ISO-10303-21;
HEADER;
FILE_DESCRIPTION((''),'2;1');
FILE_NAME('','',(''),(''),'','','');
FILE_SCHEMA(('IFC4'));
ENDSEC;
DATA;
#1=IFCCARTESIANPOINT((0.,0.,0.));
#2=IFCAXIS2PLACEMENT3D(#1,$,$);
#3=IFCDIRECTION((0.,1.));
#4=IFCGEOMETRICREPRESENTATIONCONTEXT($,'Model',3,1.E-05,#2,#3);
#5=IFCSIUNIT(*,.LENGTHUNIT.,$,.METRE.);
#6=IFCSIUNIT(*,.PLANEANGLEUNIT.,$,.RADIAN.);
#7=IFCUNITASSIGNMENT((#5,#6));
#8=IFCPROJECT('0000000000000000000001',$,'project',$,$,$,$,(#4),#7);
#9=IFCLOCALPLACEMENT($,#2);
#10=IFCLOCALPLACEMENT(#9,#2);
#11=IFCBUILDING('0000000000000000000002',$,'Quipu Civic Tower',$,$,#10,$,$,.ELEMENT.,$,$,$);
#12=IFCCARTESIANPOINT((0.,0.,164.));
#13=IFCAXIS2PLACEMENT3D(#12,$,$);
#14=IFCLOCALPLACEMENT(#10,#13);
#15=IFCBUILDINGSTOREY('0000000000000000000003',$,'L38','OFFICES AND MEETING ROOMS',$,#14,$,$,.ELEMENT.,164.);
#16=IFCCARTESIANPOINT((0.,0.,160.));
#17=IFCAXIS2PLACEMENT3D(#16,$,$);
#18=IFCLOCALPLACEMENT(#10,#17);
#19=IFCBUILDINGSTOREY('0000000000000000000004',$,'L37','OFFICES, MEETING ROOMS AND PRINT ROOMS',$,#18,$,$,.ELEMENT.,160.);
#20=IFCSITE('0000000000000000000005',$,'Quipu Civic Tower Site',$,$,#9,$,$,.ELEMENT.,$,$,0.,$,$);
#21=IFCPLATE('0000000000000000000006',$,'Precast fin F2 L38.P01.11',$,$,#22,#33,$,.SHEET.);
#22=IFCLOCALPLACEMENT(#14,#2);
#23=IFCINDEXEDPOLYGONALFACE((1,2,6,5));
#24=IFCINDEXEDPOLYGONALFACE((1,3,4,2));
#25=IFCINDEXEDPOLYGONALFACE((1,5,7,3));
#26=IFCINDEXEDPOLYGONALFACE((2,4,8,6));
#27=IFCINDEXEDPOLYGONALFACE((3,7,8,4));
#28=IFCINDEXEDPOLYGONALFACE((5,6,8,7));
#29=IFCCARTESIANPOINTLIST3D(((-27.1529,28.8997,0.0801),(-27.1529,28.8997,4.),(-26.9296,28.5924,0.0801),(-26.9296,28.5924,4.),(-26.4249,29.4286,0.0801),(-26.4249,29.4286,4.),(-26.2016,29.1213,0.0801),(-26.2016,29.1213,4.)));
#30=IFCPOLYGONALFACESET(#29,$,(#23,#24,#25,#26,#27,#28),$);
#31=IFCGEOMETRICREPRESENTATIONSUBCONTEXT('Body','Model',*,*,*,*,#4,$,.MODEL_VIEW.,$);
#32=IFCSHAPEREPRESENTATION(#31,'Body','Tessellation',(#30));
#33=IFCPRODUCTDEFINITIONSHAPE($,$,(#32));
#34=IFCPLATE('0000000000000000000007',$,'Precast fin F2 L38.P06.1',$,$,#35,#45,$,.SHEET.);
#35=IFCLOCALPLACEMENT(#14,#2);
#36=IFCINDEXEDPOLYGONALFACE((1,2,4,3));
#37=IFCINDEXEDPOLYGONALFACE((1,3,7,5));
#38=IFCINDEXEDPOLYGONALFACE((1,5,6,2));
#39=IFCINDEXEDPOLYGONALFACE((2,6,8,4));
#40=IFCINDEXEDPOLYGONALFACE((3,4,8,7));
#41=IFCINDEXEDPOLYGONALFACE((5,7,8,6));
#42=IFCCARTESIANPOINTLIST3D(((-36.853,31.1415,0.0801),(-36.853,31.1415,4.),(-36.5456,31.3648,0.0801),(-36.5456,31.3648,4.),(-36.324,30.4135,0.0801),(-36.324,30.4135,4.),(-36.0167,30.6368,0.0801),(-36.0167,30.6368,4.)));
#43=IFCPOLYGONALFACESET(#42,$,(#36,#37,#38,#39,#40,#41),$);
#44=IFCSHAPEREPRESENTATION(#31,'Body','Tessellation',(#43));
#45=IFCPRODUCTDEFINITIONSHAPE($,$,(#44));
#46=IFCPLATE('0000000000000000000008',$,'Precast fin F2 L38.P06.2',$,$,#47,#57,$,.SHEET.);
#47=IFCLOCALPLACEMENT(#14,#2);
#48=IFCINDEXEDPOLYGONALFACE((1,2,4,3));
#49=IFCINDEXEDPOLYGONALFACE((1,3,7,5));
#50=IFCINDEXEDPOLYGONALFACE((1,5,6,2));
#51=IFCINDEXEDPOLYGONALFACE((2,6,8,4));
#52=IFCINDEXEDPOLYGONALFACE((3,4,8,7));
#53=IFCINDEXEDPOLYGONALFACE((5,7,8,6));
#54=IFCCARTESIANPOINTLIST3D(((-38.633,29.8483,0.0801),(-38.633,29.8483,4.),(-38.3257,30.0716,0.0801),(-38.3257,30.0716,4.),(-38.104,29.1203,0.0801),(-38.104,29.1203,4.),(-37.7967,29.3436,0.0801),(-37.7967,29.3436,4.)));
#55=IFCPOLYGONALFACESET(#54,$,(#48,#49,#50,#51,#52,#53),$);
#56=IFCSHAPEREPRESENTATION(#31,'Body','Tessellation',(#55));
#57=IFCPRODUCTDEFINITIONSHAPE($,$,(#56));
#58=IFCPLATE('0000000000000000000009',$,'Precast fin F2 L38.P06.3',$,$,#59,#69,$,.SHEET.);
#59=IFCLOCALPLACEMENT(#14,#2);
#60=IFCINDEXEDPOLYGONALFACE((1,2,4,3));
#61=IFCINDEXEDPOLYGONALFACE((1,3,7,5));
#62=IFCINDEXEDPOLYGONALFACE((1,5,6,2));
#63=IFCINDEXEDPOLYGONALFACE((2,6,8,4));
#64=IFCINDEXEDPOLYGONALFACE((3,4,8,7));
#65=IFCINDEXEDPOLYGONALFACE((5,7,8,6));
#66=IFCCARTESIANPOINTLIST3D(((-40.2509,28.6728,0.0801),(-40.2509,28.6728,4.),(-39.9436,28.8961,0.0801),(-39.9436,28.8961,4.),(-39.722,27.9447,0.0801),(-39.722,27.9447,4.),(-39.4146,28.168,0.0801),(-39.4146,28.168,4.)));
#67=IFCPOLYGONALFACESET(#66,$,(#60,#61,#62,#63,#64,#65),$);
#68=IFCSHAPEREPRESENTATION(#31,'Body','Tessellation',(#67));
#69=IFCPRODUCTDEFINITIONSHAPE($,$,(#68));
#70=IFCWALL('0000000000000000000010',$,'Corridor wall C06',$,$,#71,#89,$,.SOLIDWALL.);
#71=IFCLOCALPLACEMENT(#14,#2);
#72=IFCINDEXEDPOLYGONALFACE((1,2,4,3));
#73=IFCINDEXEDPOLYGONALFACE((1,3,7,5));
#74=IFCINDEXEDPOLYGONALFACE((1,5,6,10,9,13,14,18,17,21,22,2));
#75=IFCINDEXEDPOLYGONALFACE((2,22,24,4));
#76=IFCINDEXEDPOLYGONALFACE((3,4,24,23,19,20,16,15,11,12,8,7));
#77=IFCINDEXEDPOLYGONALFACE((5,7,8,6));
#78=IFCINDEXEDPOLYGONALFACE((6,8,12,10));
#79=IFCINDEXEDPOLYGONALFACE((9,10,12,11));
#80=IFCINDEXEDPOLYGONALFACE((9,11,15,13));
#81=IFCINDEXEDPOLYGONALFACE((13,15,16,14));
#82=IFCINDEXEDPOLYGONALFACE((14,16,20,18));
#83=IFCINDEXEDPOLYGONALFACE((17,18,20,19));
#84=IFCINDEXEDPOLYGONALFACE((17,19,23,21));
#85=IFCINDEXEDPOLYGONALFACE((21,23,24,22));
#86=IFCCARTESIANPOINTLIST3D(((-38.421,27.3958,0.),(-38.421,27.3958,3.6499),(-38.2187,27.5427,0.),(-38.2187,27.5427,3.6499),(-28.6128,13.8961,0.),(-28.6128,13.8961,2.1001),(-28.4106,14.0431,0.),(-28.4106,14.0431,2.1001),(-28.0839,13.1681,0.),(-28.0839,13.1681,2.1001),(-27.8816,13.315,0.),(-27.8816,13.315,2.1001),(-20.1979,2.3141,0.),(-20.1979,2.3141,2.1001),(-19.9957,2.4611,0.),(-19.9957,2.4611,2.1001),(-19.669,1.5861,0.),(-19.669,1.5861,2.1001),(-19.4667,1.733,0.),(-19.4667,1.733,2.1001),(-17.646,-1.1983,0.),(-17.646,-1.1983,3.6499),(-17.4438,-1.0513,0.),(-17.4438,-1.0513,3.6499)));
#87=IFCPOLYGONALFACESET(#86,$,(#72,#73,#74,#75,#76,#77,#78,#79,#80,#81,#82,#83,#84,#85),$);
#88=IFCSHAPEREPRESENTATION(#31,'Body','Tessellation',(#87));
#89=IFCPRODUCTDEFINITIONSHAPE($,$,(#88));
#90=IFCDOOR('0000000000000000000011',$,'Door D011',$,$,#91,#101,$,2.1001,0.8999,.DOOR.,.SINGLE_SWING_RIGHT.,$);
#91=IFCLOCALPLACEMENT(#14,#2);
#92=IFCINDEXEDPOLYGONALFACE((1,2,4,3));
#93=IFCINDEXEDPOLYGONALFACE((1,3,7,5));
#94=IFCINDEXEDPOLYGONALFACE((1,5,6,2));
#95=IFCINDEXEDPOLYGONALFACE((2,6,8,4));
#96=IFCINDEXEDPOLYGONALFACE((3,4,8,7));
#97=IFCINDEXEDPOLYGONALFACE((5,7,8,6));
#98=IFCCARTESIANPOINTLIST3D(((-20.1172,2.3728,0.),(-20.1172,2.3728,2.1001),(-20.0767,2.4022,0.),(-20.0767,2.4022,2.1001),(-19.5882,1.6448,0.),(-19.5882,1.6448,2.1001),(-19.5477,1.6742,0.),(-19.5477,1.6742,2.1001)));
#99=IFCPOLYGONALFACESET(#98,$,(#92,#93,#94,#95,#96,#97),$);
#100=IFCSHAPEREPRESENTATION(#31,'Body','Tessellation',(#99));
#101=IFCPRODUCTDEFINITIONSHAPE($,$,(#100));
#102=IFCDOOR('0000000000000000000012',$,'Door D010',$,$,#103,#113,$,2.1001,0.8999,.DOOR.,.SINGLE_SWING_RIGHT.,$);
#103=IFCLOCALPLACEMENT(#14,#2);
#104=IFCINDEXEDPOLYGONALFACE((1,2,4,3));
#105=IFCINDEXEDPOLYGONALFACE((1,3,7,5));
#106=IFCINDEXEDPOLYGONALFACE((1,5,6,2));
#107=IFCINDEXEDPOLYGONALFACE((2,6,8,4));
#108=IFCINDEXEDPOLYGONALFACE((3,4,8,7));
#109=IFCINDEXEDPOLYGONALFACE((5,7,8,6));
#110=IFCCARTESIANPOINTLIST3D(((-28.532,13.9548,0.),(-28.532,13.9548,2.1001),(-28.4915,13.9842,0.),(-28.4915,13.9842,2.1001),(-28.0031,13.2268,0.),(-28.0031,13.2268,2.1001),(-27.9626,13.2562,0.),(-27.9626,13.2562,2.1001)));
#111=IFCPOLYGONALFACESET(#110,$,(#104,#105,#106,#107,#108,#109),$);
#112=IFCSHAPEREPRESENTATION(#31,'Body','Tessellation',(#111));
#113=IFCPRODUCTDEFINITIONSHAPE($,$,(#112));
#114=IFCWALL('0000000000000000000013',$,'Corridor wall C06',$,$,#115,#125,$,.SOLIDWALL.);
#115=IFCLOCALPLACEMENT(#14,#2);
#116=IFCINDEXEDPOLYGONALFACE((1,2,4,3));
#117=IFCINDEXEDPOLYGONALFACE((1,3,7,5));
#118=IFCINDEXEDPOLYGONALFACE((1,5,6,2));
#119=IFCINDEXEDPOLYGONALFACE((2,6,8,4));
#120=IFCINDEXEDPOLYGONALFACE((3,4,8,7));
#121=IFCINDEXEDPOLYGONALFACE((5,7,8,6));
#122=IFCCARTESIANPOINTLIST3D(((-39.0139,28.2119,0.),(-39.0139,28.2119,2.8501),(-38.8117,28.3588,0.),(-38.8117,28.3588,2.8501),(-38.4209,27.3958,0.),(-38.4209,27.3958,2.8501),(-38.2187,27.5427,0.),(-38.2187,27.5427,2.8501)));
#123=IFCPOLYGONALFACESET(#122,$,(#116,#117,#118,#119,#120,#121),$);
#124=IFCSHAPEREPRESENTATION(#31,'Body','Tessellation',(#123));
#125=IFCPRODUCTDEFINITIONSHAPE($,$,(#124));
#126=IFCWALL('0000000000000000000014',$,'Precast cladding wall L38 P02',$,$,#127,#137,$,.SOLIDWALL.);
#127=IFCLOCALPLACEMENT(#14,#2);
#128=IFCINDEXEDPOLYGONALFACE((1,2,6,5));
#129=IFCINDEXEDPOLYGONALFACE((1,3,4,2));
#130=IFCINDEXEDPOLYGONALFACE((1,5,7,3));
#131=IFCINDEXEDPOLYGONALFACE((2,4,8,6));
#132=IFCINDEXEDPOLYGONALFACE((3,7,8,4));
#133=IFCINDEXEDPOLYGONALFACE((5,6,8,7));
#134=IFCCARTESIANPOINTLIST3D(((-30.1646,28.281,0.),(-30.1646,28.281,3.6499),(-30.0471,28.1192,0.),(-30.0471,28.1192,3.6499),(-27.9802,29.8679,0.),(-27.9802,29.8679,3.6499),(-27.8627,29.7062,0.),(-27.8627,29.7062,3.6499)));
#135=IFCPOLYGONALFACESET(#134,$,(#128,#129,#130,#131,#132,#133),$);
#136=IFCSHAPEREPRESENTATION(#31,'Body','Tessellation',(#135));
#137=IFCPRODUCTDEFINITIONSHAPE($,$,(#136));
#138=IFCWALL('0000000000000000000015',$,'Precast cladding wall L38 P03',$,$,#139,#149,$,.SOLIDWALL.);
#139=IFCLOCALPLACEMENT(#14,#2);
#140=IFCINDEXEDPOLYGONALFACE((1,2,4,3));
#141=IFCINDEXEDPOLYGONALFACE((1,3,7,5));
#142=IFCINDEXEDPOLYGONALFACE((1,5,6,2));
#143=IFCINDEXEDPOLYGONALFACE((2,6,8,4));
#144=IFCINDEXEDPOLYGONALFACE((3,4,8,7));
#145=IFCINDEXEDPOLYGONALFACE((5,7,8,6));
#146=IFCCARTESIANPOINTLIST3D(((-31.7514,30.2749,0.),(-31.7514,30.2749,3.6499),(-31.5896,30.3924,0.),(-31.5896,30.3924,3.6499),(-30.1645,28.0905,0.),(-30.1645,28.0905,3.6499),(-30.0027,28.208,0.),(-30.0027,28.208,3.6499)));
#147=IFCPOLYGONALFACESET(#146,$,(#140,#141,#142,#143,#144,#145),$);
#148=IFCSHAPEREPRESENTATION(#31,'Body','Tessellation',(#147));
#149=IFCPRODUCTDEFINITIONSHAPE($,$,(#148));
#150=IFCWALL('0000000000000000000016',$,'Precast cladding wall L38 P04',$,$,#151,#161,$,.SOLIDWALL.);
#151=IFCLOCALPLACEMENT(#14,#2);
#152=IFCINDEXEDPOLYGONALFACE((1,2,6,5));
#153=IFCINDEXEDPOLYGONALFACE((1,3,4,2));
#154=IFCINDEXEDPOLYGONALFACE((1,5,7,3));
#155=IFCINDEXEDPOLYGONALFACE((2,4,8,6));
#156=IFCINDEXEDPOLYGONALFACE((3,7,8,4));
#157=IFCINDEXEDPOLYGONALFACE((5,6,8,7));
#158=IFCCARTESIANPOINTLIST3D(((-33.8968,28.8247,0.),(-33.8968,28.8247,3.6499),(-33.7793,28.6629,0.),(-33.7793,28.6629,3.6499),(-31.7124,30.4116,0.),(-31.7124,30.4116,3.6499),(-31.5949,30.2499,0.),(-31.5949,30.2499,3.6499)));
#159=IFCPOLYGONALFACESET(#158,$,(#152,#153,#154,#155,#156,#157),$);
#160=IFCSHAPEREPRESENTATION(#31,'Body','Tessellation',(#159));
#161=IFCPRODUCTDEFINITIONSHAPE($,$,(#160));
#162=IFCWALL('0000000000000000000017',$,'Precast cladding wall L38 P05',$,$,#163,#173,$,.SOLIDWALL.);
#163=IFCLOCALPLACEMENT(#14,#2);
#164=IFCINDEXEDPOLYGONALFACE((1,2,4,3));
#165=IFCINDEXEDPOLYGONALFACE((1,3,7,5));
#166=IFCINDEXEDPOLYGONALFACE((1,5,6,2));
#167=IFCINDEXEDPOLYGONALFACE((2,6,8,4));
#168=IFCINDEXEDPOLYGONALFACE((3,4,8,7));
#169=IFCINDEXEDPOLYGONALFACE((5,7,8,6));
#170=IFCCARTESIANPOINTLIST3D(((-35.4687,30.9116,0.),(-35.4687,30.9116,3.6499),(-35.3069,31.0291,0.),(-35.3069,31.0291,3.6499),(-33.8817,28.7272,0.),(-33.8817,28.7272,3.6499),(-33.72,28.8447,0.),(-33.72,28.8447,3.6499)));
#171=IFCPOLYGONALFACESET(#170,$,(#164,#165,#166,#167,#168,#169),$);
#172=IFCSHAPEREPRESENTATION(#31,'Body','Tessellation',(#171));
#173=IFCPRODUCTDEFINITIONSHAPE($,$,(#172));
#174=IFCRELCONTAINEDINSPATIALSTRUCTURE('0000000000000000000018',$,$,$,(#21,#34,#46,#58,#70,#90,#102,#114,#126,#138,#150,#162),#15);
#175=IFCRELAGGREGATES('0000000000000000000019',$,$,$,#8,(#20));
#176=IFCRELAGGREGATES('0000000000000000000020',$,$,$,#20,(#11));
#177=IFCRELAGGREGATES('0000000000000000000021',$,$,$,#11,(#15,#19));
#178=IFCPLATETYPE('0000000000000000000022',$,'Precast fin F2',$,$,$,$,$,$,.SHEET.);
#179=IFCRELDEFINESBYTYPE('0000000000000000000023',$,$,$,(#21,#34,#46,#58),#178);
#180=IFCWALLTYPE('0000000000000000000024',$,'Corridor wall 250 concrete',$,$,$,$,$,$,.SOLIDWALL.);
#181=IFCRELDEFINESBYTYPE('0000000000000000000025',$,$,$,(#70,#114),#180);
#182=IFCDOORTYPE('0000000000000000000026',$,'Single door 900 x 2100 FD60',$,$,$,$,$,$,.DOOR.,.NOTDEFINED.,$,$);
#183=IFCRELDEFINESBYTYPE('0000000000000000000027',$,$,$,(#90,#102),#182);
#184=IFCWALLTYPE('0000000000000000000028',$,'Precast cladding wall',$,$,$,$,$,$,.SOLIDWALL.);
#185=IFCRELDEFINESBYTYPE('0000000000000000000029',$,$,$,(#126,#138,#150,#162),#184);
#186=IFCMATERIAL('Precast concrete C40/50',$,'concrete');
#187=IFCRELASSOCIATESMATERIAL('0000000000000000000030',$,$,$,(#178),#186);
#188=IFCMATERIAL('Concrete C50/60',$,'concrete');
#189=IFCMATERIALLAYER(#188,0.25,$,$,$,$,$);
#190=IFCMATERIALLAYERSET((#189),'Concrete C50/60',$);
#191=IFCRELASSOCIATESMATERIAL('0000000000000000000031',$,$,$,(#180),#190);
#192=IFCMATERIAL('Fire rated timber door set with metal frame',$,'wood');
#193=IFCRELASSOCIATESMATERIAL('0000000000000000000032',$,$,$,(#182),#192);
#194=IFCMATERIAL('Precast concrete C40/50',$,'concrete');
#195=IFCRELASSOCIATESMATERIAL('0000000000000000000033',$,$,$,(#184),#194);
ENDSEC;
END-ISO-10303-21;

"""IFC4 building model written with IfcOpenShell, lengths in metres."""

from ifc_helpers import new_model, si_unit, direction, frame, frame_2d, origin, origin_2d, place, context, subcontext, project, spatial, rectangle, extrude, material, layer, layer_set, type_object, element, fill, save


model = new_model("IFC4")

# Units and contexts
model_context = context("Model", 3, precision=1e-05, world=origin(), true_north=direction((0.0, 1.0)))
body_context = subcontext(model_context, "Body", "Model", "MODEL_VIEW")
ifc_project = project(units=[si_unit("LENGTHUNIT", "METRE"), si_unit("PLANEANGLEUNIT", "RADIAN")], contexts=[model_context])

# Site, building, storey
site_placement = place(None, origin())
site = spatial("IfcSite", under=ifc_project, at=site_placement, Name="Quipu Civic Tower Site", CompositionType="ELEMENT", RefElevation=0.0)
building_placement = place(site_placement, origin())
building = spatial("IfcBuilding", under=site, at=building_placement, Name="Quipu Civic Tower", CompositionType="ELEMENT")
storey_1_placement = place(building_placement, frame((0.0, 0.0, 164.0)))
storey_1 = spatial("IfcBuildingStorey", under=building, at=storey_1_placement, Name="L38", Description="OFFICES AND MEETING ROOMS", CompositionType="ELEMENT", Elevation=164.0)

# Shared definitions
storey_2_placement = place(building_placement, frame((0.0, 0.0, 160.0)))
storey_2 = spatial("IfcBuildingStorey", under=building, at=storey_2_placement, Name="L37", Description="OFFICES, MEETING ROOMS AND PRINT ROOMS", CompositionType="ELEMENT", Elevation=160.0)

# Plates
ifc_material_1 = material(Name="Precast concrete C40/50", Category="concrete")
plate_type_1 = type_object("IfcPlateType", Name="Precast fin F2", PredefinedType="SHEET", material=ifc_material_1)
for number, where, z_axis, x_axis, name in (
    (1, (-26.6772, 29.0105, 0.0801), (0.0, 0.0, 1.0), (-0.587787, 0.809016, 0.0), "Precast fin F2 L38.P01.11"),
    (2, (-36.4348, 30.8892, 0.0801), (0.0, 0.0, 1.0), (-0.809017, -0.587785, 0.0), "Precast fin F2 L38.P06.1"),
    (3, (-38.2148, 29.5959, 0.0801), (0.0, 0.0, 1.0), (-0.809017, -0.587785, 0.0), "Precast fin F2 L38.P06.2"),
    (4, (-39.8328, 28.4204, 0.0801), (0.0, 0.0, 1.0), (-0.809017, -0.587785, 0.0), "Precast fin F2 L38.P06.3"),
):
    element("IfcPlate", number, at=place(storey_1_placement, frame(where, z_axis=z_axis, x_axis=x_axis)), inside=storey_1, type_object=plate_type_1, Name=name, PredefinedType="SHEET", context=body_context, shape_type="SweptSolid", body=[
        extrude(rectangle(XDim=0.3799, YDim=0.8999, at=origin_2d()), origin(), (0.0, 0.0, 1.0), 3.9199),
    ])

# Wall, openings, doors
ifc_material_2 = material(Name="Concrete C50/60", Category="concrete")
ifc_layer_1 = layer(ifc_material_2, 0.25)
ifc_layer_set_1 = layer_set([ifc_layer_1], Name="Concrete C50/60")
wall_type_1 = type_object("IfcWallType", Name="Corridor wall 250 concrete", PredefinedType="SOLIDWALL", material=ifc_layer_set_1)
wall_1_placement = place(storey_1_placement, frame((-38.3198, 27.4692, 0.0), z_axis=(0.0, 0.0, 1.0), x_axis=(0.587788, -0.809015, 0.0)))
wall_1 = element("IfcWall", 5, at=wall_1_placement, inside=storey_1, type_object=wall_type_1, Name="Corridor wall C06", PredefinedType="SOLIDWALL", context=body_context, shape_type="SweptSolid", body=[
    extrude(rectangle(XDim=35.3442, YDim=0.25, at=frame_2d((17.6721, 0.0))), origin(), (0.0, 0.0, 1.0), 3.6499),
])
opening_1_placement = place(wall_1_placement, frame((31.0027, 0.0, 0.0)))
opening_1 = element("IfcOpeningElement", 6, at=opening_1_placement, cuts=wall_1, PredefinedType="OPENING", context=body_context, shape_type="SweptSolid", body=[
    extrude(rectangle(XDim=0.8999, YDim=2.1001, at=frame_2d((0.45, 1.05))), frame((0.0, 0.135, 0.0), z_axis=(0.0, -1.0, 0.0), x_axis=(1.0, 0.0, 0.0)), (0.0, 0.0, 1.0), 0.27),
])
opening_2_placement = place(wall_1_placement, frame((16.6865, 0.0, 0.0)))
opening_2 = element("IfcOpeningElement", 7, at=opening_2_placement, cuts=wall_1, PredefinedType="OPENING", context=body_context, shape_type="SweptSolid", body=[
    extrude(rectangle(XDim=0.8999, YDim=2.1001, at=frame_2d((0.45, 1.05))), frame((0.0, 0.135, 0.0), z_axis=(0.0, -1.0, 0.0), x_axis=(1.0, 0.0, 0.0)), (0.0, 0.0, 1.0), 0.27),
])
ifc_material_3 = material(Name="Fire rated timber door set with metal frame", Category="wood")
door_type = type_object("IfcDoorType", Name="Single door 900 x 2100 FD60", OperationType="NOTDEFINED", PredefinedType="DOOR", material=ifc_material_3)
door_1_placement = place(opening_1_placement, origin())
door_1 = element("IfcDoor", 8, at=door_1_placement, inside=storey_1, type_object=door_type, Name="Door D011", OperationType="SINGLE_SWING_RIGHT", OverallHeight=2.1001, OverallWidth=0.8999, PredefinedType="DOOR", context=body_context, shape_type="SweptSolid", body=[
    extrude(rectangle(XDim=0.8999, YDim=2.1001, at=frame_2d((0.45, 1.05))), frame((0.0, 0.0249, 0.0), z_axis=(0.0, -1.0, 0.0), x_axis=(1.0, 0.0, 0.0)), (0.0, 0.0, 1.0), 0.05),
])
fill(opening_1, door_1)
door_2_placement = place(opening_2_placement, origin())
door_2 = element("IfcDoor", 9, at=door_2_placement, inside=storey_1, type_object=door_type, Name="Door D010", OperationType="SINGLE_SWING_RIGHT", OverallHeight=2.1001, OverallWidth=0.8999, PredefinedType="DOOR", context=body_context, shape_type="SweptSolid", body=[
    extrude(rectangle(XDim=0.8999, YDim=2.1001, at=frame_2d((0.45, 1.05))), frame((0.0, 0.0249, 0.0), z_axis=(0.0, -1.0, 0.0), x_axis=(1.0, 0.0, 0.0)), (0.0, 0.0, 1.0), 0.05),
])
fill(opening_2, door_2)

# Walls
wall_2_placement = place(storey_1_placement, frame((-38.3198, 27.4692, 0.0), z_axis=(0.0, 0.0, 1.0), x_axis=(-0.587812, 0.808998, 0.0)))
element("IfcWall", 10, at=wall_2_placement, inside=storey_1, type_object=wall_type_1, Name="Corridor wall C06", PredefinedType="SOLIDWALL", context=body_context, shape_type="SweptSolid", body=[
    extrude(rectangle(XDim=1.0088, YDim=0.25, at=frame_2d((0.5044, 0.0))), origin(), (0.0, 0.0, 1.0), 2.8501),
])
ifc_material_4 = material(Name="Precast concrete C40/50", Category="concrete")
wall_type_2 = type_object("IfcWallType", Name="Precast cladding wall", PredefinedType="SOLIDWALL", material=ifc_material_4)
for number, where, z_axis, x_axis, name in (
    (11, (-27.9214, 29.7871, 0.0), (0.0, 0.0, 1.0), (-0.809033, -0.587763, 0.0), "Precast cladding wall L38 P02"),
    (12, (-30.0835, 28.1492, 0.0), (0.0, 0.0, 1.0), (-0.587763, 0.809033, 0.0), "Precast cladding wall L38 P03"),
    (13, (-31.6536, 30.3308, 0.0), (0.0, 0.0, 1.0), (-0.809033, -0.587763, 0.0), "Precast cladding wall L38 P04"),
    (14, (-33.8008, 28.7859, 0.0), (0.0, 0.0, 1.0), (-0.587763, 0.809033, 0.0), "Precast cladding wall L38 P05"),
):
    element("IfcWall", number, at=place(storey_1_placement, frame(where, z_axis=z_axis, x_axis=x_axis)), inside=storey_1, type_object=wall_type_2, Name=name, PredefinedType="SOLIDWALL", context=body_context, shape_type="SweptSolid", body=[
        extrude(rectangle(XDim=2.7, YDim=0.2, at=frame_2d((1.3501, 0.0))), origin(), (0.0, 0.0, 1.0), 3.6499),
    ])

save(model, "model.ifc")
